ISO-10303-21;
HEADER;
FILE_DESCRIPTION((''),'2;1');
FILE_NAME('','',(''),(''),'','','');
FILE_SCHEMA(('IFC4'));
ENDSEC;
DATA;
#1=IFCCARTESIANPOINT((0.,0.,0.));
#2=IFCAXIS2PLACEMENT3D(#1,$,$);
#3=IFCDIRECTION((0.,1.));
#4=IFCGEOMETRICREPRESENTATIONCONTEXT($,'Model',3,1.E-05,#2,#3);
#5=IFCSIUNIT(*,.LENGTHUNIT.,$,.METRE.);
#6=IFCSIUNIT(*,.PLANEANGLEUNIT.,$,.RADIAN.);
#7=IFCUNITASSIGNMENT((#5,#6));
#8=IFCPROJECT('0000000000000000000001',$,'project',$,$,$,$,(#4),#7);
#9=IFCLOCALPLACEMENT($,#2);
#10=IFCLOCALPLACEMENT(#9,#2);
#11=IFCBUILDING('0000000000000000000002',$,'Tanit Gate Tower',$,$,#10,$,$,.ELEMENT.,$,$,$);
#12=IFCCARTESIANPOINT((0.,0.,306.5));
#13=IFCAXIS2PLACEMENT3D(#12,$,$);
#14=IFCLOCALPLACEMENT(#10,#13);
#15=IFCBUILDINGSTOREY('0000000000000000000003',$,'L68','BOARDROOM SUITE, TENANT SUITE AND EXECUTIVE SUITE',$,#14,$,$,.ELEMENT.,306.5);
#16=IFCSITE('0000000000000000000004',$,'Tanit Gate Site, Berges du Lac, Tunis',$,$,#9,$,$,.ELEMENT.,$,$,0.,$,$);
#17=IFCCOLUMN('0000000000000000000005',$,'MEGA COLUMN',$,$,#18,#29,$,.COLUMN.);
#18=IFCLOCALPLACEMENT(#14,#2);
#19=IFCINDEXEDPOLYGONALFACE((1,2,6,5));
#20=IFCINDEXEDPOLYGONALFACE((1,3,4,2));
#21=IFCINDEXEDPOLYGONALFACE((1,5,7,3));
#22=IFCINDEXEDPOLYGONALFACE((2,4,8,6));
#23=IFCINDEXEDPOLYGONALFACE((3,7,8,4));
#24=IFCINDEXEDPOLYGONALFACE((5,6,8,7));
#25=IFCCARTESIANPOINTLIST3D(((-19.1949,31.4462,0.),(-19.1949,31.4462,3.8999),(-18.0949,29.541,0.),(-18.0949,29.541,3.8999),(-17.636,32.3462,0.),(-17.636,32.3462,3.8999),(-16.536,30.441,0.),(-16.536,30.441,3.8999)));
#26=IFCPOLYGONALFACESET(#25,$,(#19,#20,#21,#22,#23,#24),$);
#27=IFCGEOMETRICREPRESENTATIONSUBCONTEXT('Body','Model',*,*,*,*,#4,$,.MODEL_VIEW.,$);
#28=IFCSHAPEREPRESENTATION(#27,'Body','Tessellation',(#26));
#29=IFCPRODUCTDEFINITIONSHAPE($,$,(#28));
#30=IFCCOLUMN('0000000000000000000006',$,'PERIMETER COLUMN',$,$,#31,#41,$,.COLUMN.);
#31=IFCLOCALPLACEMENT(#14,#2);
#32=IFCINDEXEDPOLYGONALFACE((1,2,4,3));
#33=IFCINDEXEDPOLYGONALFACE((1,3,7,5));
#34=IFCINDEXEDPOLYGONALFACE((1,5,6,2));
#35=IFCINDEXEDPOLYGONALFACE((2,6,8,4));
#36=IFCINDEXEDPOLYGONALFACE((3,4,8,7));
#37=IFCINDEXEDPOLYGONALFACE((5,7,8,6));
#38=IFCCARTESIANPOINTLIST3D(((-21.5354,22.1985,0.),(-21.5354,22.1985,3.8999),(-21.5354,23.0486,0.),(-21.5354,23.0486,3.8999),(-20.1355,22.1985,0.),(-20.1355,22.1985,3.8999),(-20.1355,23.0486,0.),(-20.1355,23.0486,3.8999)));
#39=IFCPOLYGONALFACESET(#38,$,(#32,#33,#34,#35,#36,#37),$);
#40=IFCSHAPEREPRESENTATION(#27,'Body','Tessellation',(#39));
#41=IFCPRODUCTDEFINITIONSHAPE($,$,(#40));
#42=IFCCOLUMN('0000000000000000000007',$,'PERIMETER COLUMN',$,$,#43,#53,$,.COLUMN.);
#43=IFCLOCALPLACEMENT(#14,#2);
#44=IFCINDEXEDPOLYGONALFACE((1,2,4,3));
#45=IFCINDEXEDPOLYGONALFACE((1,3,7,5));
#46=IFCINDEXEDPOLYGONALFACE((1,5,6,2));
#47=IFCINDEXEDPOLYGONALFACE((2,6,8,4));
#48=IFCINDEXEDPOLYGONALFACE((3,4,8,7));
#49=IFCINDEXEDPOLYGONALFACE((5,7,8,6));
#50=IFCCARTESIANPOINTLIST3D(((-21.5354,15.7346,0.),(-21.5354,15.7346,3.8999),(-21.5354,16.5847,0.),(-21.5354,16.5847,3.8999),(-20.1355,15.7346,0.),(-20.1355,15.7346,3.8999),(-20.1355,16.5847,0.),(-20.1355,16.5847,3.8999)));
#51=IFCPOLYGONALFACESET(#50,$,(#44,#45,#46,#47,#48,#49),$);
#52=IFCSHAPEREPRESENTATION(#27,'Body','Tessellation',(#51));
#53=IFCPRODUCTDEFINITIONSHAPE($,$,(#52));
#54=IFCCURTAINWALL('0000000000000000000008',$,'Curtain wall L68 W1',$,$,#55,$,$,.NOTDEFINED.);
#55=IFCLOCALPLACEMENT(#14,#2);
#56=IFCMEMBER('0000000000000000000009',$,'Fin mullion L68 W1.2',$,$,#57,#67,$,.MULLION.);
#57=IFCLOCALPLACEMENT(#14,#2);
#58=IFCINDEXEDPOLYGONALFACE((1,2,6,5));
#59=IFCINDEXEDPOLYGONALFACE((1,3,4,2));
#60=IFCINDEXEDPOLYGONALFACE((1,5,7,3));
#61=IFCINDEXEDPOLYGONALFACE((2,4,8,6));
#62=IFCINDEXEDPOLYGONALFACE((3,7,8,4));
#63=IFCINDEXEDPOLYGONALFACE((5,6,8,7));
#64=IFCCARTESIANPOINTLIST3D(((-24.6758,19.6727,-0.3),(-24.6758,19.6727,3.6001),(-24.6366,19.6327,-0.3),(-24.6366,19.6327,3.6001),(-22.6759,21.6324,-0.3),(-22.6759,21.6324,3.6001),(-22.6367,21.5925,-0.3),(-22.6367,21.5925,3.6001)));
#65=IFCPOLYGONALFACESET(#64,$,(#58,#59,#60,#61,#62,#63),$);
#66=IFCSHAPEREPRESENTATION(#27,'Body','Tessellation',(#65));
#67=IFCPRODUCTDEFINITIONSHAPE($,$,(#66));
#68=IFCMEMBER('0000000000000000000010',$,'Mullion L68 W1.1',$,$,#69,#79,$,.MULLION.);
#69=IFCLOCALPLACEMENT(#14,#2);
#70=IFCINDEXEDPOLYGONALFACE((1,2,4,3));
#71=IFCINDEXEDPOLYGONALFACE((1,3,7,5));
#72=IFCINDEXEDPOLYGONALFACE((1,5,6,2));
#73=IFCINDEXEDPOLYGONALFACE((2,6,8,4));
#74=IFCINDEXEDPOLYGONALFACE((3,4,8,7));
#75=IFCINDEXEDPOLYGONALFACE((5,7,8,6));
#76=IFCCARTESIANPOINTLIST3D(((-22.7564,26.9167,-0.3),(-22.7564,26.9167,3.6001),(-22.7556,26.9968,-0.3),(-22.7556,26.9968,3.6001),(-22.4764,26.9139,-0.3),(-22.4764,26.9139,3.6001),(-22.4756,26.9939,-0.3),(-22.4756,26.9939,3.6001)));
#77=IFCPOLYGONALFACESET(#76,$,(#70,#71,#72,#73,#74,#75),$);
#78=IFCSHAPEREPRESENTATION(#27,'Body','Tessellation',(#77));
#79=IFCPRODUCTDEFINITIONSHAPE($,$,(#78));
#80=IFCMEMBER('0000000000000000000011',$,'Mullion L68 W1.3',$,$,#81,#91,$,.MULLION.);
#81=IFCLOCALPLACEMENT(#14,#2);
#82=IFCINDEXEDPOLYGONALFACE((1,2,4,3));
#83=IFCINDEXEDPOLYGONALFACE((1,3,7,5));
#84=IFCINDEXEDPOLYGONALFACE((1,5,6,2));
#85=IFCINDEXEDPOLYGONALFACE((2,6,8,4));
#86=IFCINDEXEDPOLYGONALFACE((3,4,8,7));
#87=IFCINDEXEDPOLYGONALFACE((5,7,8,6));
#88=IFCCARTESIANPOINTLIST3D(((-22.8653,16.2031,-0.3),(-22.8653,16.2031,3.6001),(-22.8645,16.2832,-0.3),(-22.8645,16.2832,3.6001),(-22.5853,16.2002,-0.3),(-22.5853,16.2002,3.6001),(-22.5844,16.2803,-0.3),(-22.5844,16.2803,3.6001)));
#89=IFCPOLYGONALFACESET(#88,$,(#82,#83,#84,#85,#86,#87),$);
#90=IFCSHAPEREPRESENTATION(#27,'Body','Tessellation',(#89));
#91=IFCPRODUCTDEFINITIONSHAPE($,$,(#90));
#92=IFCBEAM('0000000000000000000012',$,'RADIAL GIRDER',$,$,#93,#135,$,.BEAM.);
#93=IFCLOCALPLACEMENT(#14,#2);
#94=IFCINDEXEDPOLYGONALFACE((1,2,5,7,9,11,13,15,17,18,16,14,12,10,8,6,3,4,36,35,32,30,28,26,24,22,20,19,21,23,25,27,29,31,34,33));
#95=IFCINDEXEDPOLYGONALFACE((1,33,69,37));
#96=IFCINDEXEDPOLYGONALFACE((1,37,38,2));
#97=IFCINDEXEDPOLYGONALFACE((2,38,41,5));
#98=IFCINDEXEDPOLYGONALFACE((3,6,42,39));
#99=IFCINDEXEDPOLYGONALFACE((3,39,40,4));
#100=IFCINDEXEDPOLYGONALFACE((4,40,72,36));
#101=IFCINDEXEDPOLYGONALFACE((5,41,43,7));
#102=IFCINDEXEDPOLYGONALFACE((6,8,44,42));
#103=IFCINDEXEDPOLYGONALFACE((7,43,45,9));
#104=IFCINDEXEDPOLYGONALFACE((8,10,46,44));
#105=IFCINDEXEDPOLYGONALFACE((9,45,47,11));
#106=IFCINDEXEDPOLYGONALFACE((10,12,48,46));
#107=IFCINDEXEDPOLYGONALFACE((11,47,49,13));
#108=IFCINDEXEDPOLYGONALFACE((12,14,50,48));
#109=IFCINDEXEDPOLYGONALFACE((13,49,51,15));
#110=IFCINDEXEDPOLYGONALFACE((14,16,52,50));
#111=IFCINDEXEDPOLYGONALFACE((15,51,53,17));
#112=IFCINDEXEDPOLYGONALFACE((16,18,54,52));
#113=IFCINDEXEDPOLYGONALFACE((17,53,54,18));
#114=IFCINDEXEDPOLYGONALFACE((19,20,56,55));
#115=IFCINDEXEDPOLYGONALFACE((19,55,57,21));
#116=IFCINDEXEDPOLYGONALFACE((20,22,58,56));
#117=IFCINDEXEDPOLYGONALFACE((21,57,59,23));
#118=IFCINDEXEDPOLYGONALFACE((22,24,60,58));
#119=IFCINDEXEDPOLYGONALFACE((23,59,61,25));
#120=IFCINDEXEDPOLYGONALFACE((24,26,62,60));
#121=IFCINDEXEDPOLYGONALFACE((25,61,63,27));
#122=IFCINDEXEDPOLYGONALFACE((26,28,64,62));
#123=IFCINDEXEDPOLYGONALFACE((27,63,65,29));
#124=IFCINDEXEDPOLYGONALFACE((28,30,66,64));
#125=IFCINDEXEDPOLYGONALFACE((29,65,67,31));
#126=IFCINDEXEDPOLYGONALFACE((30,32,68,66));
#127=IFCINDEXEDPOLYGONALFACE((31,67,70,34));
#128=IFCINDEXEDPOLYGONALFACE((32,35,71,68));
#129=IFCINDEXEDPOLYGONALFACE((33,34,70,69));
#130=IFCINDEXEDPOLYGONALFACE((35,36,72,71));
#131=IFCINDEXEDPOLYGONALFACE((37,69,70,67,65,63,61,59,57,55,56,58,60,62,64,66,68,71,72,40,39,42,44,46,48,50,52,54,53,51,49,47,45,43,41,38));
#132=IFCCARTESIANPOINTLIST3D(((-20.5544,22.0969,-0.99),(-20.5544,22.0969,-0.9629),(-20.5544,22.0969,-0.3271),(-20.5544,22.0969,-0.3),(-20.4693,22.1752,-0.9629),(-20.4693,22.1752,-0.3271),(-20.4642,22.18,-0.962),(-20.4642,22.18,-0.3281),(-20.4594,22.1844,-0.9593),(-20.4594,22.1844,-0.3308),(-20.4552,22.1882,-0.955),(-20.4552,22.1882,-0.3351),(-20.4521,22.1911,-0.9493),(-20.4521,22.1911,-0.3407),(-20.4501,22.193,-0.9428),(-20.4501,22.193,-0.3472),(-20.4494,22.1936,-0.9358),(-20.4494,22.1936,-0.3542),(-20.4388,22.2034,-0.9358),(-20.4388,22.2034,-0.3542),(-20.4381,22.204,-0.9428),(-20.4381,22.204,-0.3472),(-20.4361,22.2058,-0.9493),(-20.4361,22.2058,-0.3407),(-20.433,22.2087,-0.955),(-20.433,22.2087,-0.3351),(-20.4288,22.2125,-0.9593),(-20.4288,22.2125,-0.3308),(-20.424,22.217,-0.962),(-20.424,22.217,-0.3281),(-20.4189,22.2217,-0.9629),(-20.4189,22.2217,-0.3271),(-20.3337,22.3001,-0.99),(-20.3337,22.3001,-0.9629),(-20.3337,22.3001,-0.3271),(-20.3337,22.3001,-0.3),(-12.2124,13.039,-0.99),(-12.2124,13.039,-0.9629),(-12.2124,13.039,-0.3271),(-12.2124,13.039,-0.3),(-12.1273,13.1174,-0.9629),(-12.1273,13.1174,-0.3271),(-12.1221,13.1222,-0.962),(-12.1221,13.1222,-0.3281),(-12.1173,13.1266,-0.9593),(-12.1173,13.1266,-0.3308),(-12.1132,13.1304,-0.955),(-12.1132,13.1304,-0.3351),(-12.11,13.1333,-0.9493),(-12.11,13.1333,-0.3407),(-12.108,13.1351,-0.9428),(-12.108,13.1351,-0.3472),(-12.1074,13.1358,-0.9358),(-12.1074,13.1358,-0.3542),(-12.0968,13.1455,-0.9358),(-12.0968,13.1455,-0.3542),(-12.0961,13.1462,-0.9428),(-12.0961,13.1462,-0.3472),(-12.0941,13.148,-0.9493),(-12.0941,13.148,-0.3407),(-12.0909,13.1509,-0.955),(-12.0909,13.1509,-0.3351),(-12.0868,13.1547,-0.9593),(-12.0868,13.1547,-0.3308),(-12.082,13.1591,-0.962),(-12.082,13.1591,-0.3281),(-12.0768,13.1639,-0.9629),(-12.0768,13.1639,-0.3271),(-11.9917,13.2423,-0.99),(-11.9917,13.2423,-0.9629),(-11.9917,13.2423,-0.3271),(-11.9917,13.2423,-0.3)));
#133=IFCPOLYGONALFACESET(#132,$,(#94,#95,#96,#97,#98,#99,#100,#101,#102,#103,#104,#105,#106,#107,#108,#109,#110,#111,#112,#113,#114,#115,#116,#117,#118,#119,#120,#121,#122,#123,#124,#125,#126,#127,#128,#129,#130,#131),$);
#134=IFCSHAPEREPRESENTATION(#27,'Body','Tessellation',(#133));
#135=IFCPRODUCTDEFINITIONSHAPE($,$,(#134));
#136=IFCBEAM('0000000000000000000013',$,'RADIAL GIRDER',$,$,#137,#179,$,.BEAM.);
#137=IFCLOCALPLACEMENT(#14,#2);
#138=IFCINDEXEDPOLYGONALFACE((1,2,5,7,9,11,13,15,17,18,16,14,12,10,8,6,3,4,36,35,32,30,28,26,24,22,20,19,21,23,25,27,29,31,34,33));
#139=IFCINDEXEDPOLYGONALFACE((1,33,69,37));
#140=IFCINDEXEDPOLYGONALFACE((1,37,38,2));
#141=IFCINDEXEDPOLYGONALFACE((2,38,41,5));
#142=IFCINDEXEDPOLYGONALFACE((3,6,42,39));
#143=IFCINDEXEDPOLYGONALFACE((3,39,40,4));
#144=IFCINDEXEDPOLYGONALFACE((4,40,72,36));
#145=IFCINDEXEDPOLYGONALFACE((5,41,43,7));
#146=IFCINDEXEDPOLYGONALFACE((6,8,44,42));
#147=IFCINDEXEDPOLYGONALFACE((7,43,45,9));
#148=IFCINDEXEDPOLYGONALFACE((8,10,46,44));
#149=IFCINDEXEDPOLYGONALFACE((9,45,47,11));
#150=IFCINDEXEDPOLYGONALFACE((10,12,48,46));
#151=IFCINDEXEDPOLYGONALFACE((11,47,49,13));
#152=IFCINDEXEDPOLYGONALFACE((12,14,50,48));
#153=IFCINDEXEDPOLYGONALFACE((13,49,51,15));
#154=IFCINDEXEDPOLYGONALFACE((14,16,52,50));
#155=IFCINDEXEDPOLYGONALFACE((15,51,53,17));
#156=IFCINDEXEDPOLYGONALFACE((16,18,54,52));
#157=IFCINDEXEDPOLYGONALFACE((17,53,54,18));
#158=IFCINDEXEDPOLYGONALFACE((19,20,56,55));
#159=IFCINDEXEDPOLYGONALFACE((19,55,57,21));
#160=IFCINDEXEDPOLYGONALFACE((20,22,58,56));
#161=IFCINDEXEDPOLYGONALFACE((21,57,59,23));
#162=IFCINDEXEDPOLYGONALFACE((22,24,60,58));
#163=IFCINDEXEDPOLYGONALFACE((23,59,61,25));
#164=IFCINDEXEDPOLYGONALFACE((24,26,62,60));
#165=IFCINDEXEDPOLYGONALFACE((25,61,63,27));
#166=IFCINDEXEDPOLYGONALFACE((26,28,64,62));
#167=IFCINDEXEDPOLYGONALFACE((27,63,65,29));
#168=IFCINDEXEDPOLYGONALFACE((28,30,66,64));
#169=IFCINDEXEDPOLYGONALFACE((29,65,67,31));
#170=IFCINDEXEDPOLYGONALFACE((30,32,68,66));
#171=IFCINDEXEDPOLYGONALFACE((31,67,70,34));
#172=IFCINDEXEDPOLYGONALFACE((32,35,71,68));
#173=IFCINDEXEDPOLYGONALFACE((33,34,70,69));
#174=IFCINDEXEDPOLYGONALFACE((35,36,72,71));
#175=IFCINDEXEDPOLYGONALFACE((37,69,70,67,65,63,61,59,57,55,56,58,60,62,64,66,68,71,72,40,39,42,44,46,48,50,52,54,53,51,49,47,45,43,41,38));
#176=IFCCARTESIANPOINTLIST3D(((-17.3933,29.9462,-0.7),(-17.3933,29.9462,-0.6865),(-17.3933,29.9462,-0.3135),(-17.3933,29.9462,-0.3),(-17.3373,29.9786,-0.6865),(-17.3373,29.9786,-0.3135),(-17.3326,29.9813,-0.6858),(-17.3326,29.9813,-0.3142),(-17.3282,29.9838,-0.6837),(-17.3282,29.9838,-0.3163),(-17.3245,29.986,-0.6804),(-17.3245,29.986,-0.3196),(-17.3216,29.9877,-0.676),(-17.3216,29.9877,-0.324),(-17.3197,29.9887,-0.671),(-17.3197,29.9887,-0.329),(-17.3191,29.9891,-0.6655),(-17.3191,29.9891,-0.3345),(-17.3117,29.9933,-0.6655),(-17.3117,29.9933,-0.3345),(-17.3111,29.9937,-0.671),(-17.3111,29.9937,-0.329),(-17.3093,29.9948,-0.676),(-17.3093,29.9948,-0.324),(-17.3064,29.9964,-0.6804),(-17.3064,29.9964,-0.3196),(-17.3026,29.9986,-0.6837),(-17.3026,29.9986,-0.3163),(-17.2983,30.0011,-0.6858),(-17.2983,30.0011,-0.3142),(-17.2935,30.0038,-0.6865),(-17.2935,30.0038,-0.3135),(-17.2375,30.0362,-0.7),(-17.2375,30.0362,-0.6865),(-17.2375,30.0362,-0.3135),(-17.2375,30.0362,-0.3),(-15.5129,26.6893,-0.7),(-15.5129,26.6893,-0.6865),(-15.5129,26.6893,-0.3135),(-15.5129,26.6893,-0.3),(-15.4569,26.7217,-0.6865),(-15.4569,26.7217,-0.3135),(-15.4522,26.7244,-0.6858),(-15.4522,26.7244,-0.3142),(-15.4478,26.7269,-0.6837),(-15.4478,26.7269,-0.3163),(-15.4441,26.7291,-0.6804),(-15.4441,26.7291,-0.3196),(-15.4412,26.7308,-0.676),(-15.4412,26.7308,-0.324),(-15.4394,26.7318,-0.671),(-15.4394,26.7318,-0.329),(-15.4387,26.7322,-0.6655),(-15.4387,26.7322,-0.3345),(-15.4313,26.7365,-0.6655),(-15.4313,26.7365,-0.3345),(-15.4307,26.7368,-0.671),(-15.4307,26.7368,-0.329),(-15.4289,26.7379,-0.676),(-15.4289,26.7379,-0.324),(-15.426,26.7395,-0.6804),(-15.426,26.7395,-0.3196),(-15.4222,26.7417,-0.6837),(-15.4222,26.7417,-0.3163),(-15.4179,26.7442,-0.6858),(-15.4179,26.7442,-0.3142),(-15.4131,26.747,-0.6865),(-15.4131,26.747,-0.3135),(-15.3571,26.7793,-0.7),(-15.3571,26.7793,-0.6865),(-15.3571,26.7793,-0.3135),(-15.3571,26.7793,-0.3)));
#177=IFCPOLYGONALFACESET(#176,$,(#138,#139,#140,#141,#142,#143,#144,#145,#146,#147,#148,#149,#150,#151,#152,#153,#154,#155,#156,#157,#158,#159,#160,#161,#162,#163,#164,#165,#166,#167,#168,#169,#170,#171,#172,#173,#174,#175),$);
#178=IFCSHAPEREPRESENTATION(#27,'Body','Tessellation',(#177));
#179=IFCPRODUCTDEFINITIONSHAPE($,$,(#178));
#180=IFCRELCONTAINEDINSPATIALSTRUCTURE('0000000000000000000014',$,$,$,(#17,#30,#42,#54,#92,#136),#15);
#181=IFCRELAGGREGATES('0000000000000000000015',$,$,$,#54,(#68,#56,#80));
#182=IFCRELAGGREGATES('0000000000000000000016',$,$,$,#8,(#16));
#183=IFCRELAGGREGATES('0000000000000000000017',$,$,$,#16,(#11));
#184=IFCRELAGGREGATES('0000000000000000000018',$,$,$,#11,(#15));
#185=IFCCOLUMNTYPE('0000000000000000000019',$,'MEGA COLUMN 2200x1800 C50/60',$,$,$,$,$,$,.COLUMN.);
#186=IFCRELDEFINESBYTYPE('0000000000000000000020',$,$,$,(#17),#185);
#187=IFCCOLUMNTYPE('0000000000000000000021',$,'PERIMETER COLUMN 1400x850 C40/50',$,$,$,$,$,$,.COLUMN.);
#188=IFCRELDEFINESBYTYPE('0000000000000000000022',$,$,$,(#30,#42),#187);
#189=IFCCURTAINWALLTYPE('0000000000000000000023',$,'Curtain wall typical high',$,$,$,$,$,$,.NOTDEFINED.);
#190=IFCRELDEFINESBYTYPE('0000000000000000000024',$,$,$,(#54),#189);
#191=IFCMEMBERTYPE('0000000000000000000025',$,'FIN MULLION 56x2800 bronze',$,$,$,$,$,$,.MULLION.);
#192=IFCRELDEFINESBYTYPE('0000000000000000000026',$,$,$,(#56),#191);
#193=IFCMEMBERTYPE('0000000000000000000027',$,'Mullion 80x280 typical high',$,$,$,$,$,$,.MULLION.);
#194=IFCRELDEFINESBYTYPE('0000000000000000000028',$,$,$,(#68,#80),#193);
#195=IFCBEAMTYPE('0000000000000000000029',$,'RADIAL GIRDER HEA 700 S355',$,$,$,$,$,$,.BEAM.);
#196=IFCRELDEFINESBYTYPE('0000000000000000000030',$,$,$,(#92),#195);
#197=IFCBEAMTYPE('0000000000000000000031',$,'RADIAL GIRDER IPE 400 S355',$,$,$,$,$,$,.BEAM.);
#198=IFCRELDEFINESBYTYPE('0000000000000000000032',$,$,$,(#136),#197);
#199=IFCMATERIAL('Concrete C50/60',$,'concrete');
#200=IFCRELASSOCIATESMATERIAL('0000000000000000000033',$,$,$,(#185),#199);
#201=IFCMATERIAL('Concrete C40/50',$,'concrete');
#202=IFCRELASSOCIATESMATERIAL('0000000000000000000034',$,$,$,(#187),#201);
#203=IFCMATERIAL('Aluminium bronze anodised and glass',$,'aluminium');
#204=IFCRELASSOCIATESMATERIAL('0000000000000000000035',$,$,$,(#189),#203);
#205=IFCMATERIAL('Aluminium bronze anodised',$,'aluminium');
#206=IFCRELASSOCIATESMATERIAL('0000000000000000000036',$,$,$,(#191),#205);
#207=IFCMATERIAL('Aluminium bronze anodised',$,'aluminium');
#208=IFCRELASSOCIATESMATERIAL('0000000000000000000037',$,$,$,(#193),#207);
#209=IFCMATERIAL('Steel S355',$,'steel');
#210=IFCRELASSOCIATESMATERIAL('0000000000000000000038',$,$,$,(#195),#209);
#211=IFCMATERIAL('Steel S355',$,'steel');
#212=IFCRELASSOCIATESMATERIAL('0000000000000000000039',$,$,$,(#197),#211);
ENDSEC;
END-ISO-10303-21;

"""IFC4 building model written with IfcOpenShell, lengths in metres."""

from ifc_helpers import new_model, si_unit, direction, frame, origin, origin_2d, place, context, subcontext, project, spatial, rectangle, i_section, extrude, material, material_profile, profile_set, type_object, element, aggregate, save


model = new_model("IFC4")

# Units and contexts
model_context = context("Model", 3, precision=1e-05, world=origin(), true_north=direction((0.0, 1.0)))
body_context = subcontext(model_context, "Body", "Model", "MODEL_VIEW")
ifc_project = project(units=[si_unit("LENGTHUNIT", "METRE"), si_unit("PLANEANGLEUNIT", "RADIAN")], contexts=[model_context])

# Site, building, storey
site_placement = place(None, origin())
site = spatial("IfcSite", under=ifc_project, at=site_placement, Name="Tanit Gate Site, Berges du Lac, Tunis", CompositionType="ELEMENT", RefElevation=0.0)
building_placement = place(site_placement, origin())
building = spatial("IfcBuilding", under=site, at=building_placement, Name="Tanit Gate Tower", CompositionType="ELEMENT")
storey_placement = place(building_placement, frame((0.0, 0.0, 306.5)))
storey = spatial("IfcBuildingStorey", under=building, at=storey_placement, Name="L68", Description="BOARDROOM SUITE, TENANT SUITE AND EXECUTIVE SUITE", CompositionType="ELEMENT", Elevation=306.5)

# Columns
ifc_material_1 = material(Name="Concrete C50/60", Category="concrete")
ifc_material_profile_1 = material_profile(ifc_material_1, rectangle(XDim=2.2, YDim=1.8, at=origin_2d()), Name="RC 2200x1800")
ifc_profile_set_1 = profile_set([ifc_material_profile_1], Name="Concrete C50/60")
column_type_1 = type_object("IfcColumnType", Name="MEGA COLUMN 2200x1800 C50/60", PredefinedType="COLUMN", material=ifc_profile_set_1)
column_placement = place(storey_placement, frame((-17.8655, 30.9436, 0.0), z_axis=(0.0, 0.0, 1.0), x_axis=(-0.5, 0.866025, 0.0)))
element("IfcColumn", 1, at=column_placement, inside=storey, type_object=column_type_1, Name="MEGA COLUMN", PredefinedType="COLUMN", context=body_context, shape_type="SweptSolid", body=[
    extrude(rectangle(XDim=2.2, YDim=1.8, at=origin_2d()), origin(), (0.0, 0.0, 1.0), 3.8999),
])
ifc_material_2 = material(Name="Concrete C40/50", Category="concrete")
ifc_material_profile_2 = material_profile(ifc_material_2, rectangle(XDim=1.3999, YDim=0.8501, at=origin_2d()), Name="RC 1400x850")
ifc_profile_set_2 = profile_set([ifc_material_profile_2], Name="Concrete C40/50")
column_type_2 = type_object("IfcColumnType", Name="PERIMETER COLUMN 1400x850 C40/50", PredefinedType="COLUMN", material=ifc_profile_set_2)
for number, where, z_axis, x_axis, name in (
    (2, (-20.8354, 22.6235, 0.0), (0.0, 0.0, 1.0), (-1.0, 0.0, 0.0), "PERIMETER COLUMN"),
    (3, (-20.8354, 16.1597, 0.0), (0.0, 0.0, 1.0), (-1.0, 0.0, 0.0), "PERIMETER COLUMN"),
):
    element("IfcColumn", number, at=place(storey_placement, frame(where, z_axis=z_axis, x_axis=x_axis)), inside=storey, type_object=column_type_2, Name=name, PredefinedType="COLUMN", context=body_context, shape_type="SweptSolid", body=[
        extrude(rectangle(XDim=1.3999, YDim=0.8501, at=origin_2d()), origin(), (0.0, 0.0, 1.0), 3.8999),
    ])

# Curtain wall, members
ifc_material_3 = material(Name="Aluminium bronze anodised and glass", Category="aluminium")
curtain_wall_type = type_object("IfcCurtainWallType", Name="Curtain wall typical high", PredefinedType="NOTDEFINED", material=ifc_material_3)
curtain_wall_1_placement = place(storey_placement, origin())
curtain_wall_1 = element("IfcCurtainWall", 4, at=curtain_wall_1_placement, inside=storey, type_object=curtain_wall_type, Name="Curtain wall L68 W1", PredefinedType="NOTDEFINED")
ifc_material_4 = material(Name="Aluminium bronze anodised", Category="aluminium")
ifc_material_profile_3 = material_profile(ifc_material_4, rectangle(XDim=2.8, YDim=0.0559, at=origin_2d()), Name="56x2800 bronze fin mullion")
ifc_profile_set_3 = profile_set([ifc_material_profile_3], Name="Aluminium bronze anodised")
member_type_1 = type_object("IfcMemberType", Name="FIN MULLION 56x2800 bronze", PredefinedType="MULLION", material=ifc_profile_set_3)
member_1_placement = place(storey_placement, frame((-23.6562, 20.6326, -0.3), z_axis=(0.0, 0.0, 1.0), x_axis=(0.714244, 0.699896, 0.0)))
member_1 = element("IfcMember", 5, at=member_1_placement, type_object=member_type_1, Name="Fin mullion L68 W1.2", PredefinedType="MULLION", context=body_context, shape_type="SweptSolid", body=[
    extrude(rectangle(XDim=2.8, YDim=0.0559, at=origin_2d()), origin(), (0.0, 0.0, 1.0), 3.9001),
])
ifc_material_5 = material(Name="Aluminium bronze anodised", Category="aluminium")
ifc_material_profile_4 = material_profile(ifc_material_5, rectangle(XDim=0.28, YDim=0.0801, at=origin_2d()), Name="80x280 bronze mullion")
ifc_profile_set_4 = profile_set([ifc_material_profile_4], Name="Aluminium bronze anodised")
member_type_2 = type_object("IfcMemberType", Name="Mullion 80x280 typical high", PredefinedType="MULLION", material=ifc_profile_set_4)
member_2_placement = place(storey_placement, frame((-22.616, 26.9553, -0.3), z_axis=(0.0, 0.0, 1.0), x_axis=(0.999949, -0.010146, 0.0)))
member_2 = element("IfcMember", 6, at=member_2_placement, type_object=member_type_2, Name="Mullion L68 W1.1", PredefinedType="MULLION", context=body_context, shape_type="SweptSolid", body=[
    extrude(rectangle(XDim=0.28, YDim=0.0801, at=origin_2d()), origin(), (0.0, 0.0, 1.0), 3.9001),
])
member_3_placement = place(storey_placement, frame((-22.7249, 16.2417, -0.3), z_axis=(0.0, 0.0, 1.0), x_axis=(0.999949, -0.010146, 0.0)))
member_3 = element("IfcMember", 7, at=member_3_placement, type_object=member_type_2, Name="Mullion L68 W1.3", PredefinedType="MULLION", context=body_context, shape_type="SweptSolid", body=[
    extrude(rectangle(XDim=0.28, YDim=0.0801, at=origin_2d()), origin(), (0.0, 0.0, 1.0), 3.9001),
])

# Beams
ifc_material_6 = material(Name="Steel S355", Category="steel")
ifc_material_profile_5 = material_profile(ifc_material_6, i_section(OverallWidth=0.3, OverallDepth=0.6899, WebThickness=0.0144, FlangeThickness=0.0271, FilletRadius=0.0271, at=origin_2d()), Name="HEA 700")
ifc_profile_set_5 = profile_set([ifc_material_profile_5], Name="Steel S355")
beam_type_1 = type_object("IfcBeamType", Name="RADIAL GIRDER HEA 700 S355", PredefinedType="BEAM", material=ifc_profile_set_5)
beam_1_placement = place(storey_placement, frame((-20.4441, 22.1985, -0.645), z_axis=(0.677444, -0.735574, 0.0), x_axis=(0.735574, 0.677444, 0.0)))
element("IfcBeam", 8, at=beam_1_placement, inside=storey, type_object=beam_type_1, Name="RADIAL GIRDER", PredefinedType="BEAM", context=body_context, shape_type="SweptSolid", body=[
    extrude(i_section(OverallWidth=0.3, OverallDepth=0.6899, WebThickness=0.0144, FlangeThickness=0.0271, FilletRadius=0.0271, at=origin_2d()), origin(), (0.0, 0.0, 1.0), 12.314),
])
ifc_material_7 = material(Name="Steel S355", Category="steel")
ifc_material_profile_6 = material_profile(ifc_material_7, i_section(OverallWidth=0.1799, OverallDepth=0.3999, WebThickness=0.0085, FlangeThickness=0.0134, FilletRadius=0.021, at=origin_2d()), Name="IPE 400")
ifc_profile_set_6 = profile_set([ifc_material_profile_6], Name="Steel S355")
beam_type_2 = type_object("IfcBeamType", Name="RADIAL GIRDER IPE 400 S355", PredefinedType="BEAM", material=ifc_profile_set_6)
beam_2_placement = place(storey_placement, frame((-17.3154, 29.9912, -0.5), z_axis=(0.500007, -0.866021, 0.0), x_axis=(0.866021, 0.500007, 0.0)))
element("IfcBeam", 9, at=beam_2_placement, inside=storey, type_object=beam_type_2, Name="RADIAL GIRDER", PredefinedType="BEAM", context=body_context, shape_type="SweptSolid", body=[
    extrude(i_section(OverallWidth=0.1799, OverallDepth=0.3999, WebThickness=0.0085, FlangeThickness=0.0134, FilletRadius=0.021, at=origin_2d()), origin(), (0.0, 0.0, 1.0), 3.7607),
])

aggregate(curtain_wall_1, [member_2, member_1, member_3])

save(model, "model.ifc")
